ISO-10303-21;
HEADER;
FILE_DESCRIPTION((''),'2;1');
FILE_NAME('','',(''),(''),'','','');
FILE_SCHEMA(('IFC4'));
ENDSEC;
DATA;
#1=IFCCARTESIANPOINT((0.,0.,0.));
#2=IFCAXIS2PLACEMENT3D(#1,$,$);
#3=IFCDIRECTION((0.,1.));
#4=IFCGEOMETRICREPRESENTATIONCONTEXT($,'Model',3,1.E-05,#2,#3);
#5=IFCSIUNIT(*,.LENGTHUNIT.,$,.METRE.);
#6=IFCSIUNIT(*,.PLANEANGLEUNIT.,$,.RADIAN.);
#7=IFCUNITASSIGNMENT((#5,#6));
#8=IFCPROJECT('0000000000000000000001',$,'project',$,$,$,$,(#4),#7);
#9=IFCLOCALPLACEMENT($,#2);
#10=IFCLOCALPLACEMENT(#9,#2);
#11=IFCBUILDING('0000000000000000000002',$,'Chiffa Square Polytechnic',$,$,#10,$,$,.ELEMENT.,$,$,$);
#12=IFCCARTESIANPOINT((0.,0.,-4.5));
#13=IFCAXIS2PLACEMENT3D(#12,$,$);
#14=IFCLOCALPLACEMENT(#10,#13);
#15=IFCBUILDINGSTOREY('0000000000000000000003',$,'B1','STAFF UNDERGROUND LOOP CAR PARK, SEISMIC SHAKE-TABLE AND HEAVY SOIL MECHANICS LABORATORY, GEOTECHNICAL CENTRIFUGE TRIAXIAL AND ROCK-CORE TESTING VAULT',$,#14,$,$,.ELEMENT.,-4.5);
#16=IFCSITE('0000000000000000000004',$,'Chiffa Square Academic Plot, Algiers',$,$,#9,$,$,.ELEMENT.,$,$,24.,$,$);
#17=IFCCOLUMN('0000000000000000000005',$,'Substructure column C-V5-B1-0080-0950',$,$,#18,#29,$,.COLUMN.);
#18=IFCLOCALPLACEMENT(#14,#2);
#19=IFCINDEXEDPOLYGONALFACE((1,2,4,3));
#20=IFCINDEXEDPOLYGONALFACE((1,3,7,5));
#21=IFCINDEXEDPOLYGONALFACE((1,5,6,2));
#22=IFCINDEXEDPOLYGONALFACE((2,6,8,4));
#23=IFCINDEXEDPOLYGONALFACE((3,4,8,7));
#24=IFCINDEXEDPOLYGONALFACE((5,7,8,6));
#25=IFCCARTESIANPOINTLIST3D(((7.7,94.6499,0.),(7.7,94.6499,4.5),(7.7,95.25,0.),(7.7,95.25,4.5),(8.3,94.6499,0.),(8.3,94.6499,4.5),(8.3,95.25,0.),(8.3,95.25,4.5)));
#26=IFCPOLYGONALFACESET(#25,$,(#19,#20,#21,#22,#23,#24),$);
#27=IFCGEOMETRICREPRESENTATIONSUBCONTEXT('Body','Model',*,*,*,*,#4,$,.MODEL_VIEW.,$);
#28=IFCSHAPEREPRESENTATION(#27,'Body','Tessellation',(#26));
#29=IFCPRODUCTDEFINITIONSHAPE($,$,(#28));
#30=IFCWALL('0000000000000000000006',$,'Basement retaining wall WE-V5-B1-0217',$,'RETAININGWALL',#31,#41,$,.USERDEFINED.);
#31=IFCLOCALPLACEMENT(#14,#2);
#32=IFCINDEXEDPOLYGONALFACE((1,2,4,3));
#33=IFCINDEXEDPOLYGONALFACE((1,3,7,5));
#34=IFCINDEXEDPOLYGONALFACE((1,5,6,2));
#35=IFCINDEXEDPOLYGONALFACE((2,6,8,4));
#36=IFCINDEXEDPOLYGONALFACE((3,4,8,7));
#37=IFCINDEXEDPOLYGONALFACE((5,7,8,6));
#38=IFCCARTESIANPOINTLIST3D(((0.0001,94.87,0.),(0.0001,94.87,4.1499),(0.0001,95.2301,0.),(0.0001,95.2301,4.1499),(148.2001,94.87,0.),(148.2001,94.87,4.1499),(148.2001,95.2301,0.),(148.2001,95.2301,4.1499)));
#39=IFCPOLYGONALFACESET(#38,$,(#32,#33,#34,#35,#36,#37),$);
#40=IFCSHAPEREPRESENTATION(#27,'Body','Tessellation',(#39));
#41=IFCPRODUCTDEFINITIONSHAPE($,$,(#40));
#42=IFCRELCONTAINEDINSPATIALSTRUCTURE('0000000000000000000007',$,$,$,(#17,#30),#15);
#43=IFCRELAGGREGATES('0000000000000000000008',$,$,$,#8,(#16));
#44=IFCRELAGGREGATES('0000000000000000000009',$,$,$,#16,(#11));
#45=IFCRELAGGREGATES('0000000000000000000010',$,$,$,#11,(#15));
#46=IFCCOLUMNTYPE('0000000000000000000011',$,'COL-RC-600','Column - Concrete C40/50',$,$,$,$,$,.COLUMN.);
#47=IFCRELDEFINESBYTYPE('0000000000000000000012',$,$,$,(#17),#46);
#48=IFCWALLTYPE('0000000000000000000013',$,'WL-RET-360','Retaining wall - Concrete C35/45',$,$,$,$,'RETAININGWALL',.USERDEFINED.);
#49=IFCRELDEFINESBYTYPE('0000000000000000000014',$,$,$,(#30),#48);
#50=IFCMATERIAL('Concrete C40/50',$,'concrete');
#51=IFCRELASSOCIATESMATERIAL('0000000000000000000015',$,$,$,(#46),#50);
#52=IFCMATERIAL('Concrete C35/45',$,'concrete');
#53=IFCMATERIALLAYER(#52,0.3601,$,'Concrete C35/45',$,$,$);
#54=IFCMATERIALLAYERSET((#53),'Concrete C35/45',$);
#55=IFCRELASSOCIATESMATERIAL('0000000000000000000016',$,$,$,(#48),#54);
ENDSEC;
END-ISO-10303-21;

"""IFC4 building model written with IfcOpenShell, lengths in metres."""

from ifc_helpers import new_model, si_unit, direction, frame, frame_2d, origin, origin_2d, place, context, subcontext, project, spatial, rectangle, extrude, material, layer, layer_set, material_profile, profile_set, type_object, element, save


model = new_model("IFC4")

# Units and contexts
model_context = context("Model", 3, precision=1e-05, world=origin(), true_north=direction((0.0, 1.0)))
body_context = subcontext(model_context, "Body", "Model", "MODEL_VIEW")
ifc_project = project(units=[si_unit("LENGTHUNIT", "METRE"), si_unit("PLANEANGLEUNIT", "RADIAN")], contexts=[model_context])

# Site, building, storey
site_placement = place(None, origin())
site = spatial("IfcSite", under=ifc_project, at=site_placement, Name="Chiffa Square Academic Plot, Algiers", CompositionType="ELEMENT", RefElevation=24.0)
building_placement = place(site_placement, origin())
building = spatial("IfcBuilding", under=site, at=building_placement, Name="Chiffa Square Polytechnic", CompositionType="ELEMENT")
storey_placement = place(building_placement, frame((0.0, 0.0, -4.5)))
storey = spatial("IfcBuildingStorey", under=building, at=storey_placement, Name="B1", Description="STAFF UNDERGROUND LOOP CAR PARK, SEISMIC SHAKE-TABLE AND HEAVY SOIL MECHANICS LABORATORY, GEOTECHNICAL CENTRIFUGE TRIAXIAL AND ROCK-CORE TESTING VAULT", CompositionType="ELEMENT", Elevation=-4.5)

# Shared definitions
ifc_material_1 = material(Name="Concrete C35/45", Category="concrete")

# Column
ifc_material_2 = material(Name="Concrete C40/50", Category="concrete")
ifc_material_profile_1 = material_profile(ifc_material_2, rectangle(XDim=0.6001, YDim=0.6001, at=origin_2d()), Name="RC 600x600")
ifc_profile_set_1 = profile_set([ifc_material_profile_1], Name="Concrete C40/50")
column_type_1 = type_object("IfcColumnType", Name="COL-RC-600", Description="Column - Concrete C40/50", PredefinedType="COLUMN", material=ifc_profile_set_1)
for number, where, z_axis, x_axis, name in (
    (1, (8.0, 94.95, 0.0), (0.0, 0.0, 1.0), (1.0, 0.0, 0.0), "Substructure column C-V5-B1-0080-0950"),
):
    element("IfcColumn", number, at=place(storey_placement, frame(where, z_axis=z_axis, x_axis=x_axis)), inside=storey, type_object=column_type_1, Name=name, PredefinedType="COLUMN", context=body_context, shape_type="SweptSolid", body=[
        extrude(rectangle(XDim=0.6001, YDim=0.6001, at=origin_2d()), origin(), (0.0, 0.0, 1.0), 4.5),
    ])

# Wall
ifc_layer_1 = layer(ifc_material_1, 0.3601, Name="Concrete C35/45")
ifc_layer_set_1 = layer_set([ifc_layer_1], Name="Concrete C35/45")
wall_type = type_object("IfcWallType", Name="WL-RET-360", Description="Retaining wall - Concrete C35/45", ElementType="RETAININGWALL", PredefinedType="USERDEFINED", material=ifc_layer_set_1)
wall_placement = place(storey_placement, frame((0.0, 95.05, 0.0), z_axis=(0.0, 0.0, 1.0), x_axis=(1.0, 0.0, 0.0)))
element("IfcWall", 2, at=wall_placement, inside=storey, type_object=wall_type, Name="Basement retaining wall WE-V5-B1-0217", ObjectType="RETAININGWALL", PredefinedType="USERDEFINED", context=body_context, shape_type="SweptSolid", body=[
    extrude(rectangle(XDim=148.2, YDim=0.3601, at=frame_2d((74.1001, 0.0))), origin(), (0.0, 0.0, 1.0), 4.1499),
])

save(model, "model.ifc")
